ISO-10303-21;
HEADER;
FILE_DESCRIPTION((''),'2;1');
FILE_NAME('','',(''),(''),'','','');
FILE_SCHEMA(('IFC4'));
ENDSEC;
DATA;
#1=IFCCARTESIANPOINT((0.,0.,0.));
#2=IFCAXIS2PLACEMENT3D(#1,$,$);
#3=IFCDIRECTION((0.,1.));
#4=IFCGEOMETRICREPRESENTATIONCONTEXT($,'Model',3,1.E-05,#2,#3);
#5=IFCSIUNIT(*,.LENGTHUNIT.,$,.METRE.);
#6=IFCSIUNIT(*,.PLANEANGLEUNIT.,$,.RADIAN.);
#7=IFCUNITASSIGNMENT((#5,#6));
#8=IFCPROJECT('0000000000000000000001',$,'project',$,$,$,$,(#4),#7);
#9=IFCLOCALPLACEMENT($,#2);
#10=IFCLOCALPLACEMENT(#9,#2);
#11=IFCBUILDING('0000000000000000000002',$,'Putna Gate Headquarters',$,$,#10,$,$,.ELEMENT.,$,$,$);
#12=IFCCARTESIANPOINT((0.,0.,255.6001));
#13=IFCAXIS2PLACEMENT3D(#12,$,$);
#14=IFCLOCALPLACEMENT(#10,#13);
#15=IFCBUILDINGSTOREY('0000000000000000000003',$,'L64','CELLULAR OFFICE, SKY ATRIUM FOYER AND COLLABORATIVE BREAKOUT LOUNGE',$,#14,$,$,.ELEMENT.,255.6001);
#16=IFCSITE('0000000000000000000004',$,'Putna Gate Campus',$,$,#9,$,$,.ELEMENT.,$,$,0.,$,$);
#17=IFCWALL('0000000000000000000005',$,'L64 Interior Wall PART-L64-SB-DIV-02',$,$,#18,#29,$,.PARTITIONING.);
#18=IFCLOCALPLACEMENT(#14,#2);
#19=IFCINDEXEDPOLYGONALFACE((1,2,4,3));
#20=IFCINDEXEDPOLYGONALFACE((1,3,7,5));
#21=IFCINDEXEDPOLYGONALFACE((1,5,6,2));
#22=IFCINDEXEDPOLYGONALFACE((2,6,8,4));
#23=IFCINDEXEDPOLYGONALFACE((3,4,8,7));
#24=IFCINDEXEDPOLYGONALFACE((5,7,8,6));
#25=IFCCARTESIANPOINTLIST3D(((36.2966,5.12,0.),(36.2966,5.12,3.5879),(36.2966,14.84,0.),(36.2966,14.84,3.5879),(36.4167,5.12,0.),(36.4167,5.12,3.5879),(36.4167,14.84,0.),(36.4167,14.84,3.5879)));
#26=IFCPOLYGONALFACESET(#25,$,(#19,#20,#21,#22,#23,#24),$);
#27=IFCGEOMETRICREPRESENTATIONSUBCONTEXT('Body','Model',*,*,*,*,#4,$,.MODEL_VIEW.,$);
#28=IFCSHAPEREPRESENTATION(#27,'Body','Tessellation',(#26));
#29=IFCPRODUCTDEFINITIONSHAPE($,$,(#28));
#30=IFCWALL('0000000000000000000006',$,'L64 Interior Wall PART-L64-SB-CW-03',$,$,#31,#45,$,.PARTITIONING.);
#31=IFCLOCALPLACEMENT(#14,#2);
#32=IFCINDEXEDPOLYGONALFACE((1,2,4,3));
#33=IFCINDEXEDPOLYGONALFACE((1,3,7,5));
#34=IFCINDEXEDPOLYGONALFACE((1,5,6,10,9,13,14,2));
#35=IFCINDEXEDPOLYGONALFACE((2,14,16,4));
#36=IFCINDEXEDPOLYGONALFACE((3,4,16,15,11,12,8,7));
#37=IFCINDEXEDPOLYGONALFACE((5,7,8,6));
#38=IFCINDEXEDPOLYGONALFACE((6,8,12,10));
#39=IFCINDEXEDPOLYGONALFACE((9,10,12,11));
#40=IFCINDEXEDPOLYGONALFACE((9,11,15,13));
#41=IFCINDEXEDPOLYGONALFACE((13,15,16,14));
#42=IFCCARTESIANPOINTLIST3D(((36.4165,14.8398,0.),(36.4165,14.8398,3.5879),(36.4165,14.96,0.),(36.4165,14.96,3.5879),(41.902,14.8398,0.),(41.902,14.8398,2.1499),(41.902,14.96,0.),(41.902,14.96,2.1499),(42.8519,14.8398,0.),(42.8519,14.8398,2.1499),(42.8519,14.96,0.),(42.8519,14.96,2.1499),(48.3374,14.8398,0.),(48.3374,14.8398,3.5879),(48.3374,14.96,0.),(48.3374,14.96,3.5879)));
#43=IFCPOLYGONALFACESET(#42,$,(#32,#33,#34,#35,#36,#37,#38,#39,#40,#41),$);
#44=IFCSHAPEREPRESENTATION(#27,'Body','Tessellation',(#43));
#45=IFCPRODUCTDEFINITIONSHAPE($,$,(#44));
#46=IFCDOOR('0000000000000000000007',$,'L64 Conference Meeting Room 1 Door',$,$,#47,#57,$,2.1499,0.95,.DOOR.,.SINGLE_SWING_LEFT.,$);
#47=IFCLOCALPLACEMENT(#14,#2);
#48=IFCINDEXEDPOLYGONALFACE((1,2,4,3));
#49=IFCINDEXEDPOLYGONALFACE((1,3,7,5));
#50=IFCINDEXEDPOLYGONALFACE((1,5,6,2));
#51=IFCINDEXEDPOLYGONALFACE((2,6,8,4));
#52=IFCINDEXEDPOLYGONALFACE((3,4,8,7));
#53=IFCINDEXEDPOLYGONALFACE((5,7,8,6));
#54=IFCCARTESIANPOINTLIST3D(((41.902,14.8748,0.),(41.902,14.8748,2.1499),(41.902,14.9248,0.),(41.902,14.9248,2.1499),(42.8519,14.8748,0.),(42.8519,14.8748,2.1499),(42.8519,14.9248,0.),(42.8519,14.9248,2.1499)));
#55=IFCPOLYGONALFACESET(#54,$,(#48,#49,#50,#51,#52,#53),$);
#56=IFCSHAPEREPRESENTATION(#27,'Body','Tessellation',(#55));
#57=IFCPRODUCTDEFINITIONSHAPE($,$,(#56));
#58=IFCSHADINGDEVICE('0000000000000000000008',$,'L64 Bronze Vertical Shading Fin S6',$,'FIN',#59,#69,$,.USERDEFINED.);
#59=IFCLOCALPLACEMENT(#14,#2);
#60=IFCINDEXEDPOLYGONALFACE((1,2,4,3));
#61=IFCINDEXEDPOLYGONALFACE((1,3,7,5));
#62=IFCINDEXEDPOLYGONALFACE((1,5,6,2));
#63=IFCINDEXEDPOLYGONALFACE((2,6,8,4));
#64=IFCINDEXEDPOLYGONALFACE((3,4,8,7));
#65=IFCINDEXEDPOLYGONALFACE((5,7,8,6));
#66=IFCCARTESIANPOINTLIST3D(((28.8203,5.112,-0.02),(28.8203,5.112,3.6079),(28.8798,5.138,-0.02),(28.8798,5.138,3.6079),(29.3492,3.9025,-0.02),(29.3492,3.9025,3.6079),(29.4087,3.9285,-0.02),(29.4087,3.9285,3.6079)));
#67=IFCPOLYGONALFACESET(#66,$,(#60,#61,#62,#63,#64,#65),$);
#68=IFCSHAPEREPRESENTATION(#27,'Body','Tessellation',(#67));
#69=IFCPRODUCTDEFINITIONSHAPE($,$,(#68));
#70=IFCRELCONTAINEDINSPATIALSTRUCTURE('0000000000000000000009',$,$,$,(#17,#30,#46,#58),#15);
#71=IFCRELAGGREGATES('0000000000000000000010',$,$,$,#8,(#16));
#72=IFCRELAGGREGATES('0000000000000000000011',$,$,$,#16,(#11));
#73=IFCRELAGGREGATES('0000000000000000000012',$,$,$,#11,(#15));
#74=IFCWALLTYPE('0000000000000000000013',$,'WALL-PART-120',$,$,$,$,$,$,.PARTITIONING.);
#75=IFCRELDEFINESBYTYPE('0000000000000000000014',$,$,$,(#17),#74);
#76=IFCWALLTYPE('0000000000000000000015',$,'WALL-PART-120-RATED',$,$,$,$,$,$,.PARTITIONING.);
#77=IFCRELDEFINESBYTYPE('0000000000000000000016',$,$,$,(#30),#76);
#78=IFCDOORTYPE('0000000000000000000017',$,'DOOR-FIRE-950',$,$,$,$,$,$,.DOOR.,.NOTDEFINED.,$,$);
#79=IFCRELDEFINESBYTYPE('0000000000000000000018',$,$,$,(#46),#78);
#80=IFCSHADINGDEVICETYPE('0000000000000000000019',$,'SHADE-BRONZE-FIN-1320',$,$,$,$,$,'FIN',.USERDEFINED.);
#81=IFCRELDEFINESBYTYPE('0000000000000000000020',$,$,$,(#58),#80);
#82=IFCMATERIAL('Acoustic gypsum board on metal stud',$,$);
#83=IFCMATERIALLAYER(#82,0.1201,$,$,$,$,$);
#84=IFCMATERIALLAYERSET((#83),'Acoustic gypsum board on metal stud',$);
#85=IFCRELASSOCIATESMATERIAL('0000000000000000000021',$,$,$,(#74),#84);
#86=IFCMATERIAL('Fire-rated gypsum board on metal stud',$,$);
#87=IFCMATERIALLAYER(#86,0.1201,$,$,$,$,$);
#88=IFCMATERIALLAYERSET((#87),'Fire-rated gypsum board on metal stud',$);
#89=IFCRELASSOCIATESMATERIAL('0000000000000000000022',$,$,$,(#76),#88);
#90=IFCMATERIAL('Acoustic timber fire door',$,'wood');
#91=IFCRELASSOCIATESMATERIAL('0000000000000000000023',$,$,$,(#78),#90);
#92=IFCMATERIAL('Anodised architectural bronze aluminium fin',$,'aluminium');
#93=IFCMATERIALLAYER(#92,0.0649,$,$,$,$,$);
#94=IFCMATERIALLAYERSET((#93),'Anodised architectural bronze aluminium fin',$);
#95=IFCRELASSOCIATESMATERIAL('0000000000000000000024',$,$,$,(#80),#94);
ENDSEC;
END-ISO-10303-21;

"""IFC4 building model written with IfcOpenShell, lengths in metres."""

from ifc_helpers import new_model, si_unit, direction, frame, frame_2d, origin, origin_2d, place, context, subcontext, project, spatial, rectangle, extrude, material, layer, layer_set, type_object, element, fill, save


model = new_model("IFC4")

# Units and contexts
model_context = context("Model", 3, precision=1e-05, world=origin(), true_north=direction((0.0, 1.0)))
body_context = subcontext(model_context, "Body", "Model", "MODEL_VIEW")
ifc_project = project(units=[si_unit("LENGTHUNIT", "METRE"), si_unit("PLANEANGLEUNIT", "RADIAN")], contexts=[model_context])

# Site, building, storey
site_placement = place(None, origin())
site = spatial("IfcSite", under=ifc_project, at=site_placement, Name="Putna Gate Campus", CompositionType="ELEMENT", RefElevation=0.0)
building_placement = place(site_placement, origin())
building = spatial("IfcBuilding", under=site, at=building_placement, Name="Putna Gate Headquarters", CompositionType="ELEMENT")
storey_placement = place(building_placement, frame((0.0, 0.0, 255.6001)))
storey = spatial("IfcBuildingStorey", under=building, at=storey_placement, Name="L64", Description="CELLULAR OFFICE, SKY ATRIUM FOYER AND COLLABORATIVE BREAKOUT LOUNGE", CompositionType="ELEMENT", Elevation=255.6001)

# Wall
ifc_material_1 = material(Name="Acoustic gypsum board on metal stud")
ifc_layer_1 = layer(ifc_material_1, 0.1201)
ifc_layer_set_1 = layer_set([ifc_layer_1], Name="Acoustic gypsum board on metal stud")
wall_type_1 = type_object("IfcWallType", Name="WALL-PART-120", PredefinedType="PARTITIONING", material=ifc_layer_set_1)
wall_1_placement = place(storey_placement, frame((36.3567, 5.1201, 0.0), z_axis=(0.0, 0.0, 1.0), x_axis=(0.0, 1.0, 0.0)))
element("IfcWall", 1, at=wall_1_placement, inside=storey, type_object=wall_type_1, Name="L64 Interior Wall PART-L64-SB-DIV-02", PredefinedType="PARTITIONING", context=body_context, shape_type="SweptSolid", body=[
    extrude(rectangle(XDim=9.72, YDim=0.1201, at=frame_2d((4.8599, 0.0))), origin(), (0.0, 0.0, 1.0), 3.5879),
])

# Wall, opening, door
ifc_material_2 = material(Name="Fire-rated gypsum board on metal stud")
ifc_layer_2 = layer(ifc_material_2, 0.1201)
ifc_layer_set_2 = layer_set([ifc_layer_2], Name="Fire-rated gypsum board on metal stud")
wall_type_2 = type_object("IfcWallType", Name="WALL-PART-120-RATED", PredefinedType="PARTITIONING", material=ifc_layer_set_2)
wall_2_placement = place(storey_placement, frame((36.4165, 14.8999, 0.0), z_axis=(0.0, 0.0, 1.0), x_axis=(1.0, 0.0, 0.0)))
wall_2 = element("IfcWall", 2, at=wall_2_placement, inside=storey, type_object=wall_type_2, Name="L64 Interior Wall PART-L64-SB-CW-03", PredefinedType="PARTITIONING", context=body_context, shape_type="SweptSolid", body=[
    extrude(rectangle(XDim=11.9209, YDim=0.1201, at=frame_2d((5.9604, 0.0))), origin(), (0.0, 0.0, 1.0), 3.5879),
])
opening_placement = place(wall_2_placement, frame((5.4854, 0.0, 0.0)))
opening = element("IfcOpeningElement", 3, at=opening_placement, cuts=wall_2, PredefinedType="OPENING", context=body_context, shape_type="SweptSolid", body=[
    extrude(rectangle(XDim=0.95, YDim=2.1499, at=frame_2d((0.4751, 1.075))), frame((0.0, 0.0701, 0.0), z_axis=(0.0, -1.0, 0.0), x_axis=(1.0, 0.0, 0.0)), (0.0, 0.0, 1.0), 0.1401),
])
ifc_material_3 = material(Name="Acoustic timber fire door", Category="wood")
door_type = type_object("IfcDoorType", Name="DOOR-FIRE-950", OperationType="NOTDEFINED", PredefinedType="DOOR", material=ifc_material_3)
door_placement = place(opening_placement, origin())
door = element("IfcDoor", 4, at=door_placement, inside=storey, type_object=door_type, Name="L64 Conference Meeting Room 1 Door", OperationType="SINGLE_SWING_LEFT", OverallHeight=2.1499, OverallWidth=0.95, PredefinedType="DOOR", context=body_context, shape_type="SweptSolid", body=[
    extrude(rectangle(XDim=0.95, YDim=2.1499, at=frame_2d((0.4751, 1.075))), frame((0.0, 0.0249, 0.0), z_axis=(0.0, -1.0, 0.0), x_axis=(1.0, 0.0, 0.0)), (0.0, 0.0, 1.0), 0.05),
])
fill(opening, door)

# Shading device
ifc_material_4 = material(Name="Anodised architectural bronze aluminium fin", Category="aluminium")
ifc_layer_3 = layer(ifc_material_4, 0.0649)
ifc_layer_set_3 = layer_set([ifc_layer_3], Name="Anodised architectural bronze aluminium fin")
shading_device_type = type_object("IfcShadingDeviceType", Name="SHADE-BRONZE-FIN-1320", ElementType="FIN", PredefinedType="USERDEFINED", material=ifc_layer_set_3)
shading_device_placement = place(storey_placement, frame((29.1145, 4.5203, -0.02), z_axis=(0.0, 0.0, 1.0), x_axis=(0.400669, -0.916223, 0.0)))
element("IfcShadingDevice", 5, at=shading_device_placement, inside=storey, type_object=shading_device_type, Name="L64 Bronze Vertical Shading Fin S6", ObjectType="FIN", PredefinedType="USERDEFINED", context=body_context, shape_type="SweptSolid", body=[
    extrude(rectangle(XDim=1.3201, YDim=0.0649, at=origin_2d()), origin(), (0.0, 0.0, 1.0), 3.6279),
])

save(model, "model.ifc")
